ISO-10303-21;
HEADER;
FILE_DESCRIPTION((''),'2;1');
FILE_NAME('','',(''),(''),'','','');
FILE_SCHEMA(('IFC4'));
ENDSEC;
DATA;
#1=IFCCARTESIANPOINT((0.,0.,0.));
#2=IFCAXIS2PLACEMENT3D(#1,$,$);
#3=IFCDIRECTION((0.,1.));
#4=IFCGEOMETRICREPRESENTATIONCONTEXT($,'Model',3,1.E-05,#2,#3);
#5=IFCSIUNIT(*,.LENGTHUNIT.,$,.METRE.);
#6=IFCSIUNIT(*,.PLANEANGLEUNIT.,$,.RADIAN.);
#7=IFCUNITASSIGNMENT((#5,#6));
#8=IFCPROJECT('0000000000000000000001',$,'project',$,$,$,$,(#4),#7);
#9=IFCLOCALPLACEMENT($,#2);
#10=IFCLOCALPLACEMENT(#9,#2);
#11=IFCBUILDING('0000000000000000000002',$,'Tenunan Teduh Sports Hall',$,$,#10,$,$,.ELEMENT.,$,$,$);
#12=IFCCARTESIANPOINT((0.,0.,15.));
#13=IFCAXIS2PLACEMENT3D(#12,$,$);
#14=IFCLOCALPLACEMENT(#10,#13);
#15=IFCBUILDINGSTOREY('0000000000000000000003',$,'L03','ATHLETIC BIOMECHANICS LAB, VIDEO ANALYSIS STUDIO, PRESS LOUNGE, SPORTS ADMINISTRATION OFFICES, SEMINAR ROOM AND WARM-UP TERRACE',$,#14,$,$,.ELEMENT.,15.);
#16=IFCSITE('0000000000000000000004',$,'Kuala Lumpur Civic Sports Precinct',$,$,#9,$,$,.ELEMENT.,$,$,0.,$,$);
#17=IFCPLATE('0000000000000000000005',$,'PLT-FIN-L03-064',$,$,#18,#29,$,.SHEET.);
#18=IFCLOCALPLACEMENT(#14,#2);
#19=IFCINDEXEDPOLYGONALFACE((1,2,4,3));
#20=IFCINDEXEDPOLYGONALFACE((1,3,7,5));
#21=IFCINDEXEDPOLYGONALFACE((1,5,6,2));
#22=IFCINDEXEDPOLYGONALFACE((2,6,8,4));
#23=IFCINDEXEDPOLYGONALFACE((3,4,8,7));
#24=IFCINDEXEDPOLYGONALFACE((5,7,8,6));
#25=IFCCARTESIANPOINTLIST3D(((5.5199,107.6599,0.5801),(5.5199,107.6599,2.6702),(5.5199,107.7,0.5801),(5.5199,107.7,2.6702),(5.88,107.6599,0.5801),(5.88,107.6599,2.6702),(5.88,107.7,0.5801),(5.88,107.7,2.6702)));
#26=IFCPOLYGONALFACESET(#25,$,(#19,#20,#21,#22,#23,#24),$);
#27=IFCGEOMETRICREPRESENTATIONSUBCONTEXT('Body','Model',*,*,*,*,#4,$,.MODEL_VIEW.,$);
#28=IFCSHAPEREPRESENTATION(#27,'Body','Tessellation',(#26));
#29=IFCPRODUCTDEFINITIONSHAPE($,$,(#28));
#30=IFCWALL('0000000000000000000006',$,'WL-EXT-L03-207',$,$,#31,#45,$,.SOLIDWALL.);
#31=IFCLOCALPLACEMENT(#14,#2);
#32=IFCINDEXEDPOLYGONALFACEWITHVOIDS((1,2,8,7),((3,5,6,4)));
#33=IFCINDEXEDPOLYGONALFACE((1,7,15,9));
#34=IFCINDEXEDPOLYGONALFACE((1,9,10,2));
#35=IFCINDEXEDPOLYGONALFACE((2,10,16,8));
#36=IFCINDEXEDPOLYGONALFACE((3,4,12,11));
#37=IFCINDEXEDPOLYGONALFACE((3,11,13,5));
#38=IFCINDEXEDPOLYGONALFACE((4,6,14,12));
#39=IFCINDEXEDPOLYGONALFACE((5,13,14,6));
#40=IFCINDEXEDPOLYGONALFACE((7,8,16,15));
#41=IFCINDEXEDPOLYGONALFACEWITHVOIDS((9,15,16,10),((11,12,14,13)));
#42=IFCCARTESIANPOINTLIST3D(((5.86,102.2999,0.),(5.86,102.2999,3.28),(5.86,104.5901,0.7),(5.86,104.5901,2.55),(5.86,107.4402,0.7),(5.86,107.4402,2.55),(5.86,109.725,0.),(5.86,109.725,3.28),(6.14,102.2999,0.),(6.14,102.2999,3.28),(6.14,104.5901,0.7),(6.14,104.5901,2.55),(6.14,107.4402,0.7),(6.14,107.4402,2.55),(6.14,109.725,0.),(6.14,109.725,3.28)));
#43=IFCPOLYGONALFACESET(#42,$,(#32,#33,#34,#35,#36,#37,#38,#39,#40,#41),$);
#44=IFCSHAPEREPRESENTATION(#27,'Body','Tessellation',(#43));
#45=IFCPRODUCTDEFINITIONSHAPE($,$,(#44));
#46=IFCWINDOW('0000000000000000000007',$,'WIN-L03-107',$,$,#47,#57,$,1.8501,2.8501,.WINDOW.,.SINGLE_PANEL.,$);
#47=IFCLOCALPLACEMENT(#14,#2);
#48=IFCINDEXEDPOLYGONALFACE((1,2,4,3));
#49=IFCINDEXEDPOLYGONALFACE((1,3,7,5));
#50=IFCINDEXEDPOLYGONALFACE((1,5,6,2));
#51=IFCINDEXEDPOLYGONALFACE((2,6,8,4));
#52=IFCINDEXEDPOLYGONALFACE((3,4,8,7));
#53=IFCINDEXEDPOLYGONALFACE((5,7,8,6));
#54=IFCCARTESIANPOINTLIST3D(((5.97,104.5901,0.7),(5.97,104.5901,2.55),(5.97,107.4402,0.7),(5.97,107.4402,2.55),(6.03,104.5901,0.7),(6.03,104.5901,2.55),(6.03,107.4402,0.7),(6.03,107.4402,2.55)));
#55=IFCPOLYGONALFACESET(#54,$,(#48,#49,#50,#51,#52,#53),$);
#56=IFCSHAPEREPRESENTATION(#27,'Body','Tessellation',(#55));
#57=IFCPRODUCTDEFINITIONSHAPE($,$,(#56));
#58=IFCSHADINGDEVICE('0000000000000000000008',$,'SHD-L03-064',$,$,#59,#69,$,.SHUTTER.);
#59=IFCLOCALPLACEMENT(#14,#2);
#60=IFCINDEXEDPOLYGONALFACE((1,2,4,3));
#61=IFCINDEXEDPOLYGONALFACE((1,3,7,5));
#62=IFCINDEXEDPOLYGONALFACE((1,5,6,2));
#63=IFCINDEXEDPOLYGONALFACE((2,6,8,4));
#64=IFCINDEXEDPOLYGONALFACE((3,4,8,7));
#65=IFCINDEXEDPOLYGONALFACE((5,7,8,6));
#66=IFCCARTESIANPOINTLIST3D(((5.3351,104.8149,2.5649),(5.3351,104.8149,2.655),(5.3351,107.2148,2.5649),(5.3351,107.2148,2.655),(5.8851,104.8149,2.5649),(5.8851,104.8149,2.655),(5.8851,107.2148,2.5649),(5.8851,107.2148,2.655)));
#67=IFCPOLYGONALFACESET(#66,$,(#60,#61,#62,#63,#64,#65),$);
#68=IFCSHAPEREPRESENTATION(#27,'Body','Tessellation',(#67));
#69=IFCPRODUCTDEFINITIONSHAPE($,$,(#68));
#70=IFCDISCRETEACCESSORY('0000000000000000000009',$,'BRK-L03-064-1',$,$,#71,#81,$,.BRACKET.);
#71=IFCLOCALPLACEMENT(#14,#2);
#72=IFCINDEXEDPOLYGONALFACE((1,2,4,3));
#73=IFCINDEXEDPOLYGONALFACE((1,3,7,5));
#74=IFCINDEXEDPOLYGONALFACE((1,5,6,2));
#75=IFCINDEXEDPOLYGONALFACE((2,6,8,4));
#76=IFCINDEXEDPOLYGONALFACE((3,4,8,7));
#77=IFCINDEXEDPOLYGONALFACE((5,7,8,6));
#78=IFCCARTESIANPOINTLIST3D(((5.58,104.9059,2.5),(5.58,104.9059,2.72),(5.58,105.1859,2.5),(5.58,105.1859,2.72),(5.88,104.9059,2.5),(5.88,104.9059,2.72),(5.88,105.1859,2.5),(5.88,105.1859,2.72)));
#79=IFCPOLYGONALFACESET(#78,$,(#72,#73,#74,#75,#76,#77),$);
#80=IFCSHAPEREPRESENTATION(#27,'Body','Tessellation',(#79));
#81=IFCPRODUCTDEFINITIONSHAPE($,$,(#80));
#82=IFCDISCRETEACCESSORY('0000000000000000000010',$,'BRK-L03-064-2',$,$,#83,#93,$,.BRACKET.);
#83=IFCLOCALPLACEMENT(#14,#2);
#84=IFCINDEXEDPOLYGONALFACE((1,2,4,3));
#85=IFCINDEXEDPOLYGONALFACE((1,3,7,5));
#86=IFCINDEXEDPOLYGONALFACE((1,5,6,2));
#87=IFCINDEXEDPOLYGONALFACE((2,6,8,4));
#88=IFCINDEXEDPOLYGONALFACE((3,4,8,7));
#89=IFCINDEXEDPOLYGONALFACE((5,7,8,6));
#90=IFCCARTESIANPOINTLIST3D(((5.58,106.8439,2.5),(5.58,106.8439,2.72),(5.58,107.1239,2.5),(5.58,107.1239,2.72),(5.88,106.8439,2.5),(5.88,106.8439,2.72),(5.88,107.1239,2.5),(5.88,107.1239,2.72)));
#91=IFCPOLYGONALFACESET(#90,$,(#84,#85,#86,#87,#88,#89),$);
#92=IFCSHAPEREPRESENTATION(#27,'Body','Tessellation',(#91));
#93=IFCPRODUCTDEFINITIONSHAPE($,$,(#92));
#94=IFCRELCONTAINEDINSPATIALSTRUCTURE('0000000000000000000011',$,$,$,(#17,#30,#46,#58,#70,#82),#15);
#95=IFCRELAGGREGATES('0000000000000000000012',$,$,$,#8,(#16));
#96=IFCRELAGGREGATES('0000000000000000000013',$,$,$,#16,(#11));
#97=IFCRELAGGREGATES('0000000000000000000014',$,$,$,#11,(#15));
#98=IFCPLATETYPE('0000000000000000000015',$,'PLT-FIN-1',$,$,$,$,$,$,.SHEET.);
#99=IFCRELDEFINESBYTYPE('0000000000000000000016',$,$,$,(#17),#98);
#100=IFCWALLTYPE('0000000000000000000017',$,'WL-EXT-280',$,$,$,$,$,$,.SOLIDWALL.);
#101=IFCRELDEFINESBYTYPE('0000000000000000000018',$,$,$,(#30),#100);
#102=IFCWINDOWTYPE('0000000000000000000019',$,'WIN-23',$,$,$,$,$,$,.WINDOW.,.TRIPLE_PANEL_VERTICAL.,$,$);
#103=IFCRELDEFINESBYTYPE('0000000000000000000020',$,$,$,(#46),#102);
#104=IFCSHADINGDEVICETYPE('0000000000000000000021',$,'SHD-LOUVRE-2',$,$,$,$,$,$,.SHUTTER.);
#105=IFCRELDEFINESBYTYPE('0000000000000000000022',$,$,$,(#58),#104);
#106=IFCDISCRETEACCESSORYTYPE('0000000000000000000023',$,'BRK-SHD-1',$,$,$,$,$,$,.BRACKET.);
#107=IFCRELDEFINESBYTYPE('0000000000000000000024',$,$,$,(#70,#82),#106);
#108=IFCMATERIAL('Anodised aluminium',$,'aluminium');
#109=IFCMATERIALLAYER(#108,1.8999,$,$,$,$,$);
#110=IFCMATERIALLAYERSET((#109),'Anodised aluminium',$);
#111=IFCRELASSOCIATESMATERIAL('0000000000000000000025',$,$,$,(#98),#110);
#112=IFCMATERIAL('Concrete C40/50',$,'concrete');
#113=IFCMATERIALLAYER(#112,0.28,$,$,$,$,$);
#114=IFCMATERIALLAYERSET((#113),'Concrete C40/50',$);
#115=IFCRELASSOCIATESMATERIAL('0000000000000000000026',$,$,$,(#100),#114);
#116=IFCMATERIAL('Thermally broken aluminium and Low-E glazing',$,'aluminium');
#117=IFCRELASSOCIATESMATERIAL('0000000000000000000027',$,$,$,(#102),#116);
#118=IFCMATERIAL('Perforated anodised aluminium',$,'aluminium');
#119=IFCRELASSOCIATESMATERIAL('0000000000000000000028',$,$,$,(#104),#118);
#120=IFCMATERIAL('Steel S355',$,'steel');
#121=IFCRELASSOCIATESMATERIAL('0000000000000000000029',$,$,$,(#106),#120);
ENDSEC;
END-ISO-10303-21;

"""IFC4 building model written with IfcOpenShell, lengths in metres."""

from ifc_helpers import new_model, si_unit, direction, frame, frame_2d, origin, origin_2d, place, context, subcontext, project, spatial, rectangle, extrude, material, layer, layer_set, type_object, element, fill, save


model = new_model("IFC4")

# Units and contexts
model_context = context("Model", 3, precision=1e-05, world=origin(), true_north=direction((0.0, 1.0)))
body_context = subcontext(model_context, "Body", "Model", "MODEL_VIEW")
ifc_project = project(units=[si_unit("LENGTHUNIT", "METRE"), si_unit("PLANEANGLEUNIT", "RADIAN")], contexts=[model_context])

# Site, building, storey
site_placement = place(None, origin())
site = spatial("IfcSite", under=ifc_project, at=site_placement, Name="Kuala Lumpur Civic Sports Precinct", CompositionType="ELEMENT", RefElevation=0.0)
building_placement = place(site_placement, origin())
building = spatial("IfcBuilding", under=site, at=building_placement, Name="Tenunan Teduh Sports Hall", CompositionType="ELEMENT")
storey_placement = place(building_placement, frame((0.0, 0.0, 15.0)))
storey = spatial("IfcBuildingStorey", under=building, at=storey_placement, Name="L03", Description="ATHLETIC BIOMECHANICS LAB, VIDEO ANALYSIS STUDIO, PRESS LOUNGE, SPORTS ADMINISTRATION OFFICES, SEMINAR ROOM AND WARM-UP TERRACE", CompositionType="ELEMENT", Elevation=15.0)

# Plate
ifc_material_1 = material(Name="Anodised aluminium", Category="aluminium")
ifc_layer_1 = layer(ifc_material_1, 1.8999)
ifc_layer_set_1 = layer_set([ifc_layer_1], Name="Anodised aluminium")
plate_type_1 = type_object("IfcPlateType", Name="PLT-FIN-1", PredefinedType="SHEET", material=ifc_layer_set_1)
plate_1_placement = place(storey_placement, frame((5.7, 107.6799, 0.5801), z_axis=(0.0, 0.0, 1.0), x_axis=(0.0, 1.0, 0.0)))
element("IfcPlate", 1, at=plate_1_placement, inside=storey, type_object=plate_type_1, Name="PLT-FIN-L03-064", PredefinedType="SHEET", context=body_context, shape_type="SweptSolid", body=[
    extrude(rectangle(XDim=0.04, YDim=0.3601, at=origin_2d()), origin(), (0.0, 0.0, 1.0), 2.0901),
])

# Wall, opening, window
ifc_material_2 = material(Name="Concrete C40/50", Category="concrete")
ifc_layer_2 = layer(ifc_material_2, 0.28)
ifc_layer_set_2 = layer_set([ifc_layer_2], Name="Concrete C40/50")
wall_type = type_object("IfcWallType", Name="WL-EXT-280", PredefinedType="SOLIDWALL", material=ifc_layer_set_2)
wall_placement = place(storey_placement, frame((6.0, 102.3, 0.0), z_axis=(0.0, 0.0, 1.0), x_axis=(0.0, 1.0, 0.0)))
wall = element("IfcWall", 2, at=wall_placement, inside=storey, type_object=wall_type, Name="WL-EXT-L03-207", PredefinedType="SOLIDWALL", context=body_context, shape_type="SweptSolid", body=[
    extrude(rectangle(XDim=7.425, YDim=0.28, at=frame_2d((3.7124, 0.0))), origin(), (0.0, 0.0, 1.0), 3.28),
])
opening_placement = place(wall_placement, frame((2.29, 0.0, 0.7)))
opening = element("IfcOpeningElement", 3, at=opening_placement, cuts=wall, PredefinedType="OPENING", context=body_context, shape_type="SweptSolid", body=[
    extrude(rectangle(XDim=2.8501, YDim=1.8501, at=frame_2d((1.425, 0.925))), frame((0.0, 0.1499, 0.0), z_axis=(0.0, -1.0, 0.0), x_axis=(1.0, 0.0, 0.0)), (0.0, 0.0, 1.0), 0.3),
])
ifc_material_3 = material(Name="Thermally broken aluminium and Low-E glazing", Category="aluminium")
window_type = type_object("IfcWindowType", Name="WIN-23", PartitioningType="TRIPLE_PANEL_VERTICAL", PredefinedType="WINDOW", material=ifc_material_3)
window_placement = place(opening_placement, origin())
window = element("IfcWindow", 4, at=window_placement, inside=storey, type_object=window_type, Name="WIN-L03-107", OverallHeight=1.8501, OverallWidth=2.8501, PartitioningType="SINGLE_PANEL", PredefinedType="WINDOW", context=body_context, shape_type="SweptSolid", body=[
    extrude(rectangle(XDim=2.8501, YDim=1.8501, at=frame_2d((1.425, 0.925))), frame((0.0, 0.03, 0.0), z_axis=(0.0, -1.0, 0.0), x_axis=(1.0, 0.0, 0.0)), (0.0, 0.0, 1.0), 0.0601),
])
fill(opening, window)

# Shading device
ifc_material_4 = material(Name="Perforated anodised aluminium", Category="aluminium")
shading_device_type = type_object("IfcShadingDeviceType", Name="SHD-LOUVRE-2", PredefinedType="SHUTTER", material=ifc_material_4)
shading_device_placement = place(storey_placement, frame((5.6101, 106.0149, 2.5649), z_axis=(0.0, 0.0, 1.0), x_axis=(0.0, 1.0, 0.0)))
element("IfcShadingDevice", 5, at=shading_device_placement, inside=storey, type_object=shading_device_type, Name="SHD-L03-064", PredefinedType="SHUTTER", context=body_context, shape_type="SweptSolid", body=[
    extrude(rectangle(XDim=2.3999, YDim=0.55, at=origin_2d()), origin(), (0.0, 0.0, 1.0), 0.0901),
])

# Discrete accessories
ifc_material_5 = material(Name="Steel S355", Category="steel")
discrete_accessory_type = type_object("IfcDiscreteAccessoryType", Name="BRK-SHD-1", PredefinedType="BRACKET", material=ifc_material_5)
for number, where, z_axis, x_axis, name in (
    (6, (5.73, 105.0459, 2.5), (0.0, 0.0, 1.0), (0.0, 1.0, 0.0), "BRK-L03-064-1"),
    (7, (5.73, 106.9839, 2.5), (0.0, 0.0, 1.0), (0.0, 1.0, 0.0), "BRK-L03-064-2"),
):
    element("IfcDiscreteAccessory", number, at=place(storey_placement, frame(where, z_axis=z_axis, x_axis=x_axis)), inside=storey, type_object=discrete_accessory_type, Name=name, PredefinedType="BRACKET", context=body_context, shape_type="SweptSolid", body=[
        extrude(rectangle(XDim=0.28, YDim=0.3, at=origin_2d()), origin(), (0.0, 0.0, 1.0), 0.22),
    ])

save(model, "model.ifc")
